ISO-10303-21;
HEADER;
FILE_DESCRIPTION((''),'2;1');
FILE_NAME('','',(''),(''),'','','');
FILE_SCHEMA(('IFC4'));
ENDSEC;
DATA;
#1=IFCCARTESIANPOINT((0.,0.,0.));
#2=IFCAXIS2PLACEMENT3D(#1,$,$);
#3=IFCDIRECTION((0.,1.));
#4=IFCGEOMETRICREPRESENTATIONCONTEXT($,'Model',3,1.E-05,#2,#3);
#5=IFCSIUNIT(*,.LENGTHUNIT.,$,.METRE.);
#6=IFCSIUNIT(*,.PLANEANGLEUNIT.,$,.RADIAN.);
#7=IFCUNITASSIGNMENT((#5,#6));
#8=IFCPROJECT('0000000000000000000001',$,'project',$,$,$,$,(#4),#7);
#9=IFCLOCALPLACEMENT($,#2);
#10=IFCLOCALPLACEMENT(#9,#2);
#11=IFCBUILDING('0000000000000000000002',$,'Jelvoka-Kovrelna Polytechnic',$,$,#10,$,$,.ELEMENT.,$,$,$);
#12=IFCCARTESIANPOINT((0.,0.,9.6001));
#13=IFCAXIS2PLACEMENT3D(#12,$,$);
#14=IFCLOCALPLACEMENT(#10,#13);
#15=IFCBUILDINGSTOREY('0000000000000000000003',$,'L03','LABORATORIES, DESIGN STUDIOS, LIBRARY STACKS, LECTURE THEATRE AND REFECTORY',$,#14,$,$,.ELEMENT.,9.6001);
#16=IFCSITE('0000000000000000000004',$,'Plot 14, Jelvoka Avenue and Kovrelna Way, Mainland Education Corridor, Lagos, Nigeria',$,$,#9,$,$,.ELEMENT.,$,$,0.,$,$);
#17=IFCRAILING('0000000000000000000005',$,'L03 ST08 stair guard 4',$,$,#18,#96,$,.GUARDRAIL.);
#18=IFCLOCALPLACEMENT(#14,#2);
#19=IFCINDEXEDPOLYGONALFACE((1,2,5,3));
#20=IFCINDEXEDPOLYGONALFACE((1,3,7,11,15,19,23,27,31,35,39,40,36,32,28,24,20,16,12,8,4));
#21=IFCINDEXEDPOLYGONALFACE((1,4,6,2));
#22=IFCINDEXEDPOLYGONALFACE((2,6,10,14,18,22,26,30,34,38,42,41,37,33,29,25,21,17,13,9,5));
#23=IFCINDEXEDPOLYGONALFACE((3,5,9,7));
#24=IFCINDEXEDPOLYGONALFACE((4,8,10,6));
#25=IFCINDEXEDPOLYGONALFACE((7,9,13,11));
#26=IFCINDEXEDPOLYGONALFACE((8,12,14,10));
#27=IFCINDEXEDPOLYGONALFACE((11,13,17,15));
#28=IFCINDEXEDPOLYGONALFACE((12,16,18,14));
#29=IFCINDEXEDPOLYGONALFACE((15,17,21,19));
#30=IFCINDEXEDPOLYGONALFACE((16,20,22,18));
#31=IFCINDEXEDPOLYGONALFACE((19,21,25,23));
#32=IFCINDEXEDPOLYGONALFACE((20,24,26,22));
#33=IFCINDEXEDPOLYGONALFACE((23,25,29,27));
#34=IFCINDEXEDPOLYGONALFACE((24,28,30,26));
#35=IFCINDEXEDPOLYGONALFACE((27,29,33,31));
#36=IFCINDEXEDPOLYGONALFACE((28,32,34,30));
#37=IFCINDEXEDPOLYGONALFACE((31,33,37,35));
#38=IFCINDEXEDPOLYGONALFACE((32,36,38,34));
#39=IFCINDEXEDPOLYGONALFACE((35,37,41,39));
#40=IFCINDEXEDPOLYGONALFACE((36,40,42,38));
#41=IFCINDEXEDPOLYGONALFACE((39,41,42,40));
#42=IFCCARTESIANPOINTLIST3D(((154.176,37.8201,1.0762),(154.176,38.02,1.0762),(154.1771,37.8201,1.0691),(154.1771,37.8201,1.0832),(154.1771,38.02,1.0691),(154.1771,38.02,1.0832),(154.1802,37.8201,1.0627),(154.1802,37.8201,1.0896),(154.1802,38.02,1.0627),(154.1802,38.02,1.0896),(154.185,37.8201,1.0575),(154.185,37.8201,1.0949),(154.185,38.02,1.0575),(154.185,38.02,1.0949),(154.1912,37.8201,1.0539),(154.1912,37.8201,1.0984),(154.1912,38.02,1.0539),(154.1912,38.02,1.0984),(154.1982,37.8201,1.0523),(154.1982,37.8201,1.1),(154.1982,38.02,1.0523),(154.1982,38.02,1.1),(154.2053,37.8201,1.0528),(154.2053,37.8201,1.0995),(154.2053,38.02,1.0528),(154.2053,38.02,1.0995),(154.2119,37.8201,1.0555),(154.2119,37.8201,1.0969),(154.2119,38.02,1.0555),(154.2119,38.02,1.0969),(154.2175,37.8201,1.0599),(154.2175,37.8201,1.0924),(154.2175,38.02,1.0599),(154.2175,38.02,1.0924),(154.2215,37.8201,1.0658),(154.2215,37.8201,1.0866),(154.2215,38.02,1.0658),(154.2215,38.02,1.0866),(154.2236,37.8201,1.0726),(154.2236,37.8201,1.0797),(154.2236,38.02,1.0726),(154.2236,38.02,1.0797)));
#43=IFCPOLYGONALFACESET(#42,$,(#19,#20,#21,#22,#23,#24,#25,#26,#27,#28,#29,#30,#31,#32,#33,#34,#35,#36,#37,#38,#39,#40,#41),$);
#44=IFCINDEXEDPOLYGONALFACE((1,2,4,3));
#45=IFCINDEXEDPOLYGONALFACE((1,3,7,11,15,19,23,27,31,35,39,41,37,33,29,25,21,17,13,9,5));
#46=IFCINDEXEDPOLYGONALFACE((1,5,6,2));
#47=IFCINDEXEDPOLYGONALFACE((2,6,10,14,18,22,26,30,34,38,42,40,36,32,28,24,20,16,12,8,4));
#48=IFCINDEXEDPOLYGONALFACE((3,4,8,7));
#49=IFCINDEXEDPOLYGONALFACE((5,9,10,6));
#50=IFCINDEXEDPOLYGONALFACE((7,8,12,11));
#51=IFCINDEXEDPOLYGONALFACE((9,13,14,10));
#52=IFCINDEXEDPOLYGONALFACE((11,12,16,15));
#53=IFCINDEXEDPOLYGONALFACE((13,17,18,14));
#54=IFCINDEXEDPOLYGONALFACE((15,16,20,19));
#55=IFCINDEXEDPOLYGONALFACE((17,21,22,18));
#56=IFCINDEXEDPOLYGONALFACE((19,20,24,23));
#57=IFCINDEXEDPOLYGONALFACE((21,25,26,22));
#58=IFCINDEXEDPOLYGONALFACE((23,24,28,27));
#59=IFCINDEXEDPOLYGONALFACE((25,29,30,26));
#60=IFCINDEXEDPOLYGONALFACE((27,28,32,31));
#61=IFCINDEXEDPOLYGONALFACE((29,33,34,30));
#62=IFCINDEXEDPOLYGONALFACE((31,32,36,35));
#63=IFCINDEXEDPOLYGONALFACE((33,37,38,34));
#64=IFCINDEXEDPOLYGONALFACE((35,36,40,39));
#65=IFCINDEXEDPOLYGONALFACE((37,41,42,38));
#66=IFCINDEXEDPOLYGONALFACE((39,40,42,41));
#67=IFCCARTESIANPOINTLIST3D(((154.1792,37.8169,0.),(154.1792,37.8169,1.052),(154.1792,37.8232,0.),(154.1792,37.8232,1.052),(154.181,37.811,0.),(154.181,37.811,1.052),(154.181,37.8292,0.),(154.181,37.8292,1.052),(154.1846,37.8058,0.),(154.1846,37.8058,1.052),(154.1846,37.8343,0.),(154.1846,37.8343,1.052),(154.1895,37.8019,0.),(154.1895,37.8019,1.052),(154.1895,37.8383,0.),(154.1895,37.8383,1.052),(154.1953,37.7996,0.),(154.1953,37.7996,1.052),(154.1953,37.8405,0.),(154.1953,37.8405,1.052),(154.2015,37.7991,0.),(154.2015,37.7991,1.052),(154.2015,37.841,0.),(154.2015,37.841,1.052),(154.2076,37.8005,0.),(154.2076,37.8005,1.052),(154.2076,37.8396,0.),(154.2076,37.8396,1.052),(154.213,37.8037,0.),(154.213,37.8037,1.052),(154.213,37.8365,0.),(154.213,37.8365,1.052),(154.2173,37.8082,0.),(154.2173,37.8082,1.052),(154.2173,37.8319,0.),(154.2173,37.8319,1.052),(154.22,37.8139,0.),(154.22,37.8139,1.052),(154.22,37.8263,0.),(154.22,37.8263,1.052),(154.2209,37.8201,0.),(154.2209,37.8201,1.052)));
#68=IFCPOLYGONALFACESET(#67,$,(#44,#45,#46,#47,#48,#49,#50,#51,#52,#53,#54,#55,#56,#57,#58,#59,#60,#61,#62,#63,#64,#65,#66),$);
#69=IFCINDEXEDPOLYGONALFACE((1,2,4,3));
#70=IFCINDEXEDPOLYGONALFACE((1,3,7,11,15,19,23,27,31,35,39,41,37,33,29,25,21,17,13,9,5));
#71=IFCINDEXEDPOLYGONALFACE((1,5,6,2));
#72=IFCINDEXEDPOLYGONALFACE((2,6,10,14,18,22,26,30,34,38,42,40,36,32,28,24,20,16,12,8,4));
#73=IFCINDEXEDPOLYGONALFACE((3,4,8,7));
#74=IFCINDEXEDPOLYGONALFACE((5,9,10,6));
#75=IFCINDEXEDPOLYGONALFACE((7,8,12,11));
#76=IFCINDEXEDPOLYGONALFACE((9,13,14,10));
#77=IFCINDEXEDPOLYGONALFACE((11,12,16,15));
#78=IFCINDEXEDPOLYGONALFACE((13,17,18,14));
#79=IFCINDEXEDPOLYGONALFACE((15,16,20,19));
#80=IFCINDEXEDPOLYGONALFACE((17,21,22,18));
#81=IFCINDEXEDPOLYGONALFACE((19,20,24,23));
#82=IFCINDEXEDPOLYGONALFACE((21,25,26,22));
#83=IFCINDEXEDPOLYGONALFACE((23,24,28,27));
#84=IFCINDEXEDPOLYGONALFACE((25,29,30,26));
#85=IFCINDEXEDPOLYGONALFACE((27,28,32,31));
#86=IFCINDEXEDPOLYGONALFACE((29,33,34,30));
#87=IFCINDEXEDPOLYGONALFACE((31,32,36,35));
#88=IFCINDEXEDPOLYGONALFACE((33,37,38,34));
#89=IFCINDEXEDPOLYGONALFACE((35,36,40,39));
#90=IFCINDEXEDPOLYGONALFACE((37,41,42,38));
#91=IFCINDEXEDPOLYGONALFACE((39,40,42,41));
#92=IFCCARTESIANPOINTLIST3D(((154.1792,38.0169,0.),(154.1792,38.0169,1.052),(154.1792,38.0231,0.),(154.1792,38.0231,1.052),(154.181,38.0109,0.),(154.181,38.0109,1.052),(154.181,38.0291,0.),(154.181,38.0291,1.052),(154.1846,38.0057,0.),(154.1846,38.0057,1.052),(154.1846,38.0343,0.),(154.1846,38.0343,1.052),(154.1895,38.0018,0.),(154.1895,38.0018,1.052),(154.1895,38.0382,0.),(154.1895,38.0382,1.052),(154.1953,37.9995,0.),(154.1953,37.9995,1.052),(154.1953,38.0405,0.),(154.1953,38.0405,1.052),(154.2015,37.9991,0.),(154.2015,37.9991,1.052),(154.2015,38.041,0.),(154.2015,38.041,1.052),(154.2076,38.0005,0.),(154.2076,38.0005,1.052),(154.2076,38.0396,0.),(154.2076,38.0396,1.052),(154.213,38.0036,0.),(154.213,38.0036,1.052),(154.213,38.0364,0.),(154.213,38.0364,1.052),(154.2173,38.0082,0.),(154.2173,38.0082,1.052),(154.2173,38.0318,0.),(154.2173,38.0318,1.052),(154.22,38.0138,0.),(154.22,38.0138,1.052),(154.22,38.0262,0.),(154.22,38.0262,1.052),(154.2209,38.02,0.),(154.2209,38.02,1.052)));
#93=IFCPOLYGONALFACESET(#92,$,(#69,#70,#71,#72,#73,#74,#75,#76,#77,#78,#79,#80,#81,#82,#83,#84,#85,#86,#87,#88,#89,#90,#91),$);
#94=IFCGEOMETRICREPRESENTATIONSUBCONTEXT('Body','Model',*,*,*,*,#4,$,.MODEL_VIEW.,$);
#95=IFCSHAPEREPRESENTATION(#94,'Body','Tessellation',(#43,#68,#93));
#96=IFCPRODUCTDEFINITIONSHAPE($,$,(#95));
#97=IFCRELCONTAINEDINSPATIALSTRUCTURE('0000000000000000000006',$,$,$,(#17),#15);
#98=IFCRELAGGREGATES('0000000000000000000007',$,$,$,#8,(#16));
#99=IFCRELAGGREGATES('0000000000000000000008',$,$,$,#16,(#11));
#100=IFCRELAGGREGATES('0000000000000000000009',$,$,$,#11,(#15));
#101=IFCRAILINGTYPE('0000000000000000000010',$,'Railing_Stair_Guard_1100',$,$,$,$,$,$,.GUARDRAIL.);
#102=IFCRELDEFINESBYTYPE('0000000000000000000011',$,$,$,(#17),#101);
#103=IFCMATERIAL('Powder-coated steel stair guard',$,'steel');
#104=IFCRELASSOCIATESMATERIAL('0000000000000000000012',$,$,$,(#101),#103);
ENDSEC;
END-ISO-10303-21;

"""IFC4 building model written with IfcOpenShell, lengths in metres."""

from ifc_helpers import new_model, si_unit, direction, frame, origin, origin_2d, place, context, subcontext, project, spatial, circle, extrude, material, type_object, element, save


model = new_model("IFC4")

# Units and contexts
model_context = context("Model", 3, precision=1e-05, world=origin(), true_north=direction((0.0, 1.0)))
body_context = subcontext(model_context, "Body", "Model", "MODEL_VIEW")
ifc_project = project(units=[si_unit("LENGTHUNIT", "METRE"), si_unit("PLANEANGLEUNIT", "RADIAN")], contexts=[model_context])

# Site, building, storey
site_placement = place(None, origin())
site = spatial("IfcSite", under=ifc_project, at=site_placement, Name="Plot 14, Jelvoka Avenue and Kovrelna Way, Mainland Education Corridor, Lagos, Nigeria", CompositionType="ELEMENT", RefElevation=0.0)
building_placement = place(site_placement, origin())
building = spatial("IfcBuilding", under=site, at=building_placement, Name="Jelvoka-Kovrelna Polytechnic", CompositionType="ELEMENT")
storey_placement = place(building_placement, frame((0.0, 0.0, 9.6001)))
storey = spatial("IfcBuildingStorey", under=building, at=storey_placement, Name="L03", Description="LABORATORIES, DESIGN STUDIOS, LIBRARY STACKS, LECTURE THEATRE AND REFECTORY", CompositionType="ELEMENT", Elevation=9.6001)

# Railing
ifc_material_1 = material(Name="Powder-coated steel stair guard", Category="steel")
railing_type_1 = type_object("IfcRailingType", Name="Railing_Stair_Guard_1100", PredefinedType="GUARDRAIL", material=ifc_material_1)
railing_1_placement = place(storey_placement, frame((154.2, 37.8201, 0.0)))
element("IfcRailing", 1, at=railing_1_placement, inside=storey, type_object=railing_type_1, Name="L03 ST08 stair guard 4", PredefinedType="GUARDRAIL", context=body_context, shape_type="SweptSolid", body=[
    extrude(circle(Radius=0.0239, at=origin_2d()), frame((0.0, 0.0, 1.0762), z_axis=(0.0, 1.0, 0.0), x_axis=(-1.0, 0.0, 0.0)), (0.0, 0.0, 1.0), 0.2),
    extrude(circle(Radius=0.021, at=origin_2d()), origin(), (0.0, 0.0, 1.0), 1.052),
    extrude(circle(Radius=0.021, at=origin_2d()), frame((0.0, 0.2, 0.0)), (0.0, 0.0, 1.0), 1.052),
])

save(model, "model.ifc")
